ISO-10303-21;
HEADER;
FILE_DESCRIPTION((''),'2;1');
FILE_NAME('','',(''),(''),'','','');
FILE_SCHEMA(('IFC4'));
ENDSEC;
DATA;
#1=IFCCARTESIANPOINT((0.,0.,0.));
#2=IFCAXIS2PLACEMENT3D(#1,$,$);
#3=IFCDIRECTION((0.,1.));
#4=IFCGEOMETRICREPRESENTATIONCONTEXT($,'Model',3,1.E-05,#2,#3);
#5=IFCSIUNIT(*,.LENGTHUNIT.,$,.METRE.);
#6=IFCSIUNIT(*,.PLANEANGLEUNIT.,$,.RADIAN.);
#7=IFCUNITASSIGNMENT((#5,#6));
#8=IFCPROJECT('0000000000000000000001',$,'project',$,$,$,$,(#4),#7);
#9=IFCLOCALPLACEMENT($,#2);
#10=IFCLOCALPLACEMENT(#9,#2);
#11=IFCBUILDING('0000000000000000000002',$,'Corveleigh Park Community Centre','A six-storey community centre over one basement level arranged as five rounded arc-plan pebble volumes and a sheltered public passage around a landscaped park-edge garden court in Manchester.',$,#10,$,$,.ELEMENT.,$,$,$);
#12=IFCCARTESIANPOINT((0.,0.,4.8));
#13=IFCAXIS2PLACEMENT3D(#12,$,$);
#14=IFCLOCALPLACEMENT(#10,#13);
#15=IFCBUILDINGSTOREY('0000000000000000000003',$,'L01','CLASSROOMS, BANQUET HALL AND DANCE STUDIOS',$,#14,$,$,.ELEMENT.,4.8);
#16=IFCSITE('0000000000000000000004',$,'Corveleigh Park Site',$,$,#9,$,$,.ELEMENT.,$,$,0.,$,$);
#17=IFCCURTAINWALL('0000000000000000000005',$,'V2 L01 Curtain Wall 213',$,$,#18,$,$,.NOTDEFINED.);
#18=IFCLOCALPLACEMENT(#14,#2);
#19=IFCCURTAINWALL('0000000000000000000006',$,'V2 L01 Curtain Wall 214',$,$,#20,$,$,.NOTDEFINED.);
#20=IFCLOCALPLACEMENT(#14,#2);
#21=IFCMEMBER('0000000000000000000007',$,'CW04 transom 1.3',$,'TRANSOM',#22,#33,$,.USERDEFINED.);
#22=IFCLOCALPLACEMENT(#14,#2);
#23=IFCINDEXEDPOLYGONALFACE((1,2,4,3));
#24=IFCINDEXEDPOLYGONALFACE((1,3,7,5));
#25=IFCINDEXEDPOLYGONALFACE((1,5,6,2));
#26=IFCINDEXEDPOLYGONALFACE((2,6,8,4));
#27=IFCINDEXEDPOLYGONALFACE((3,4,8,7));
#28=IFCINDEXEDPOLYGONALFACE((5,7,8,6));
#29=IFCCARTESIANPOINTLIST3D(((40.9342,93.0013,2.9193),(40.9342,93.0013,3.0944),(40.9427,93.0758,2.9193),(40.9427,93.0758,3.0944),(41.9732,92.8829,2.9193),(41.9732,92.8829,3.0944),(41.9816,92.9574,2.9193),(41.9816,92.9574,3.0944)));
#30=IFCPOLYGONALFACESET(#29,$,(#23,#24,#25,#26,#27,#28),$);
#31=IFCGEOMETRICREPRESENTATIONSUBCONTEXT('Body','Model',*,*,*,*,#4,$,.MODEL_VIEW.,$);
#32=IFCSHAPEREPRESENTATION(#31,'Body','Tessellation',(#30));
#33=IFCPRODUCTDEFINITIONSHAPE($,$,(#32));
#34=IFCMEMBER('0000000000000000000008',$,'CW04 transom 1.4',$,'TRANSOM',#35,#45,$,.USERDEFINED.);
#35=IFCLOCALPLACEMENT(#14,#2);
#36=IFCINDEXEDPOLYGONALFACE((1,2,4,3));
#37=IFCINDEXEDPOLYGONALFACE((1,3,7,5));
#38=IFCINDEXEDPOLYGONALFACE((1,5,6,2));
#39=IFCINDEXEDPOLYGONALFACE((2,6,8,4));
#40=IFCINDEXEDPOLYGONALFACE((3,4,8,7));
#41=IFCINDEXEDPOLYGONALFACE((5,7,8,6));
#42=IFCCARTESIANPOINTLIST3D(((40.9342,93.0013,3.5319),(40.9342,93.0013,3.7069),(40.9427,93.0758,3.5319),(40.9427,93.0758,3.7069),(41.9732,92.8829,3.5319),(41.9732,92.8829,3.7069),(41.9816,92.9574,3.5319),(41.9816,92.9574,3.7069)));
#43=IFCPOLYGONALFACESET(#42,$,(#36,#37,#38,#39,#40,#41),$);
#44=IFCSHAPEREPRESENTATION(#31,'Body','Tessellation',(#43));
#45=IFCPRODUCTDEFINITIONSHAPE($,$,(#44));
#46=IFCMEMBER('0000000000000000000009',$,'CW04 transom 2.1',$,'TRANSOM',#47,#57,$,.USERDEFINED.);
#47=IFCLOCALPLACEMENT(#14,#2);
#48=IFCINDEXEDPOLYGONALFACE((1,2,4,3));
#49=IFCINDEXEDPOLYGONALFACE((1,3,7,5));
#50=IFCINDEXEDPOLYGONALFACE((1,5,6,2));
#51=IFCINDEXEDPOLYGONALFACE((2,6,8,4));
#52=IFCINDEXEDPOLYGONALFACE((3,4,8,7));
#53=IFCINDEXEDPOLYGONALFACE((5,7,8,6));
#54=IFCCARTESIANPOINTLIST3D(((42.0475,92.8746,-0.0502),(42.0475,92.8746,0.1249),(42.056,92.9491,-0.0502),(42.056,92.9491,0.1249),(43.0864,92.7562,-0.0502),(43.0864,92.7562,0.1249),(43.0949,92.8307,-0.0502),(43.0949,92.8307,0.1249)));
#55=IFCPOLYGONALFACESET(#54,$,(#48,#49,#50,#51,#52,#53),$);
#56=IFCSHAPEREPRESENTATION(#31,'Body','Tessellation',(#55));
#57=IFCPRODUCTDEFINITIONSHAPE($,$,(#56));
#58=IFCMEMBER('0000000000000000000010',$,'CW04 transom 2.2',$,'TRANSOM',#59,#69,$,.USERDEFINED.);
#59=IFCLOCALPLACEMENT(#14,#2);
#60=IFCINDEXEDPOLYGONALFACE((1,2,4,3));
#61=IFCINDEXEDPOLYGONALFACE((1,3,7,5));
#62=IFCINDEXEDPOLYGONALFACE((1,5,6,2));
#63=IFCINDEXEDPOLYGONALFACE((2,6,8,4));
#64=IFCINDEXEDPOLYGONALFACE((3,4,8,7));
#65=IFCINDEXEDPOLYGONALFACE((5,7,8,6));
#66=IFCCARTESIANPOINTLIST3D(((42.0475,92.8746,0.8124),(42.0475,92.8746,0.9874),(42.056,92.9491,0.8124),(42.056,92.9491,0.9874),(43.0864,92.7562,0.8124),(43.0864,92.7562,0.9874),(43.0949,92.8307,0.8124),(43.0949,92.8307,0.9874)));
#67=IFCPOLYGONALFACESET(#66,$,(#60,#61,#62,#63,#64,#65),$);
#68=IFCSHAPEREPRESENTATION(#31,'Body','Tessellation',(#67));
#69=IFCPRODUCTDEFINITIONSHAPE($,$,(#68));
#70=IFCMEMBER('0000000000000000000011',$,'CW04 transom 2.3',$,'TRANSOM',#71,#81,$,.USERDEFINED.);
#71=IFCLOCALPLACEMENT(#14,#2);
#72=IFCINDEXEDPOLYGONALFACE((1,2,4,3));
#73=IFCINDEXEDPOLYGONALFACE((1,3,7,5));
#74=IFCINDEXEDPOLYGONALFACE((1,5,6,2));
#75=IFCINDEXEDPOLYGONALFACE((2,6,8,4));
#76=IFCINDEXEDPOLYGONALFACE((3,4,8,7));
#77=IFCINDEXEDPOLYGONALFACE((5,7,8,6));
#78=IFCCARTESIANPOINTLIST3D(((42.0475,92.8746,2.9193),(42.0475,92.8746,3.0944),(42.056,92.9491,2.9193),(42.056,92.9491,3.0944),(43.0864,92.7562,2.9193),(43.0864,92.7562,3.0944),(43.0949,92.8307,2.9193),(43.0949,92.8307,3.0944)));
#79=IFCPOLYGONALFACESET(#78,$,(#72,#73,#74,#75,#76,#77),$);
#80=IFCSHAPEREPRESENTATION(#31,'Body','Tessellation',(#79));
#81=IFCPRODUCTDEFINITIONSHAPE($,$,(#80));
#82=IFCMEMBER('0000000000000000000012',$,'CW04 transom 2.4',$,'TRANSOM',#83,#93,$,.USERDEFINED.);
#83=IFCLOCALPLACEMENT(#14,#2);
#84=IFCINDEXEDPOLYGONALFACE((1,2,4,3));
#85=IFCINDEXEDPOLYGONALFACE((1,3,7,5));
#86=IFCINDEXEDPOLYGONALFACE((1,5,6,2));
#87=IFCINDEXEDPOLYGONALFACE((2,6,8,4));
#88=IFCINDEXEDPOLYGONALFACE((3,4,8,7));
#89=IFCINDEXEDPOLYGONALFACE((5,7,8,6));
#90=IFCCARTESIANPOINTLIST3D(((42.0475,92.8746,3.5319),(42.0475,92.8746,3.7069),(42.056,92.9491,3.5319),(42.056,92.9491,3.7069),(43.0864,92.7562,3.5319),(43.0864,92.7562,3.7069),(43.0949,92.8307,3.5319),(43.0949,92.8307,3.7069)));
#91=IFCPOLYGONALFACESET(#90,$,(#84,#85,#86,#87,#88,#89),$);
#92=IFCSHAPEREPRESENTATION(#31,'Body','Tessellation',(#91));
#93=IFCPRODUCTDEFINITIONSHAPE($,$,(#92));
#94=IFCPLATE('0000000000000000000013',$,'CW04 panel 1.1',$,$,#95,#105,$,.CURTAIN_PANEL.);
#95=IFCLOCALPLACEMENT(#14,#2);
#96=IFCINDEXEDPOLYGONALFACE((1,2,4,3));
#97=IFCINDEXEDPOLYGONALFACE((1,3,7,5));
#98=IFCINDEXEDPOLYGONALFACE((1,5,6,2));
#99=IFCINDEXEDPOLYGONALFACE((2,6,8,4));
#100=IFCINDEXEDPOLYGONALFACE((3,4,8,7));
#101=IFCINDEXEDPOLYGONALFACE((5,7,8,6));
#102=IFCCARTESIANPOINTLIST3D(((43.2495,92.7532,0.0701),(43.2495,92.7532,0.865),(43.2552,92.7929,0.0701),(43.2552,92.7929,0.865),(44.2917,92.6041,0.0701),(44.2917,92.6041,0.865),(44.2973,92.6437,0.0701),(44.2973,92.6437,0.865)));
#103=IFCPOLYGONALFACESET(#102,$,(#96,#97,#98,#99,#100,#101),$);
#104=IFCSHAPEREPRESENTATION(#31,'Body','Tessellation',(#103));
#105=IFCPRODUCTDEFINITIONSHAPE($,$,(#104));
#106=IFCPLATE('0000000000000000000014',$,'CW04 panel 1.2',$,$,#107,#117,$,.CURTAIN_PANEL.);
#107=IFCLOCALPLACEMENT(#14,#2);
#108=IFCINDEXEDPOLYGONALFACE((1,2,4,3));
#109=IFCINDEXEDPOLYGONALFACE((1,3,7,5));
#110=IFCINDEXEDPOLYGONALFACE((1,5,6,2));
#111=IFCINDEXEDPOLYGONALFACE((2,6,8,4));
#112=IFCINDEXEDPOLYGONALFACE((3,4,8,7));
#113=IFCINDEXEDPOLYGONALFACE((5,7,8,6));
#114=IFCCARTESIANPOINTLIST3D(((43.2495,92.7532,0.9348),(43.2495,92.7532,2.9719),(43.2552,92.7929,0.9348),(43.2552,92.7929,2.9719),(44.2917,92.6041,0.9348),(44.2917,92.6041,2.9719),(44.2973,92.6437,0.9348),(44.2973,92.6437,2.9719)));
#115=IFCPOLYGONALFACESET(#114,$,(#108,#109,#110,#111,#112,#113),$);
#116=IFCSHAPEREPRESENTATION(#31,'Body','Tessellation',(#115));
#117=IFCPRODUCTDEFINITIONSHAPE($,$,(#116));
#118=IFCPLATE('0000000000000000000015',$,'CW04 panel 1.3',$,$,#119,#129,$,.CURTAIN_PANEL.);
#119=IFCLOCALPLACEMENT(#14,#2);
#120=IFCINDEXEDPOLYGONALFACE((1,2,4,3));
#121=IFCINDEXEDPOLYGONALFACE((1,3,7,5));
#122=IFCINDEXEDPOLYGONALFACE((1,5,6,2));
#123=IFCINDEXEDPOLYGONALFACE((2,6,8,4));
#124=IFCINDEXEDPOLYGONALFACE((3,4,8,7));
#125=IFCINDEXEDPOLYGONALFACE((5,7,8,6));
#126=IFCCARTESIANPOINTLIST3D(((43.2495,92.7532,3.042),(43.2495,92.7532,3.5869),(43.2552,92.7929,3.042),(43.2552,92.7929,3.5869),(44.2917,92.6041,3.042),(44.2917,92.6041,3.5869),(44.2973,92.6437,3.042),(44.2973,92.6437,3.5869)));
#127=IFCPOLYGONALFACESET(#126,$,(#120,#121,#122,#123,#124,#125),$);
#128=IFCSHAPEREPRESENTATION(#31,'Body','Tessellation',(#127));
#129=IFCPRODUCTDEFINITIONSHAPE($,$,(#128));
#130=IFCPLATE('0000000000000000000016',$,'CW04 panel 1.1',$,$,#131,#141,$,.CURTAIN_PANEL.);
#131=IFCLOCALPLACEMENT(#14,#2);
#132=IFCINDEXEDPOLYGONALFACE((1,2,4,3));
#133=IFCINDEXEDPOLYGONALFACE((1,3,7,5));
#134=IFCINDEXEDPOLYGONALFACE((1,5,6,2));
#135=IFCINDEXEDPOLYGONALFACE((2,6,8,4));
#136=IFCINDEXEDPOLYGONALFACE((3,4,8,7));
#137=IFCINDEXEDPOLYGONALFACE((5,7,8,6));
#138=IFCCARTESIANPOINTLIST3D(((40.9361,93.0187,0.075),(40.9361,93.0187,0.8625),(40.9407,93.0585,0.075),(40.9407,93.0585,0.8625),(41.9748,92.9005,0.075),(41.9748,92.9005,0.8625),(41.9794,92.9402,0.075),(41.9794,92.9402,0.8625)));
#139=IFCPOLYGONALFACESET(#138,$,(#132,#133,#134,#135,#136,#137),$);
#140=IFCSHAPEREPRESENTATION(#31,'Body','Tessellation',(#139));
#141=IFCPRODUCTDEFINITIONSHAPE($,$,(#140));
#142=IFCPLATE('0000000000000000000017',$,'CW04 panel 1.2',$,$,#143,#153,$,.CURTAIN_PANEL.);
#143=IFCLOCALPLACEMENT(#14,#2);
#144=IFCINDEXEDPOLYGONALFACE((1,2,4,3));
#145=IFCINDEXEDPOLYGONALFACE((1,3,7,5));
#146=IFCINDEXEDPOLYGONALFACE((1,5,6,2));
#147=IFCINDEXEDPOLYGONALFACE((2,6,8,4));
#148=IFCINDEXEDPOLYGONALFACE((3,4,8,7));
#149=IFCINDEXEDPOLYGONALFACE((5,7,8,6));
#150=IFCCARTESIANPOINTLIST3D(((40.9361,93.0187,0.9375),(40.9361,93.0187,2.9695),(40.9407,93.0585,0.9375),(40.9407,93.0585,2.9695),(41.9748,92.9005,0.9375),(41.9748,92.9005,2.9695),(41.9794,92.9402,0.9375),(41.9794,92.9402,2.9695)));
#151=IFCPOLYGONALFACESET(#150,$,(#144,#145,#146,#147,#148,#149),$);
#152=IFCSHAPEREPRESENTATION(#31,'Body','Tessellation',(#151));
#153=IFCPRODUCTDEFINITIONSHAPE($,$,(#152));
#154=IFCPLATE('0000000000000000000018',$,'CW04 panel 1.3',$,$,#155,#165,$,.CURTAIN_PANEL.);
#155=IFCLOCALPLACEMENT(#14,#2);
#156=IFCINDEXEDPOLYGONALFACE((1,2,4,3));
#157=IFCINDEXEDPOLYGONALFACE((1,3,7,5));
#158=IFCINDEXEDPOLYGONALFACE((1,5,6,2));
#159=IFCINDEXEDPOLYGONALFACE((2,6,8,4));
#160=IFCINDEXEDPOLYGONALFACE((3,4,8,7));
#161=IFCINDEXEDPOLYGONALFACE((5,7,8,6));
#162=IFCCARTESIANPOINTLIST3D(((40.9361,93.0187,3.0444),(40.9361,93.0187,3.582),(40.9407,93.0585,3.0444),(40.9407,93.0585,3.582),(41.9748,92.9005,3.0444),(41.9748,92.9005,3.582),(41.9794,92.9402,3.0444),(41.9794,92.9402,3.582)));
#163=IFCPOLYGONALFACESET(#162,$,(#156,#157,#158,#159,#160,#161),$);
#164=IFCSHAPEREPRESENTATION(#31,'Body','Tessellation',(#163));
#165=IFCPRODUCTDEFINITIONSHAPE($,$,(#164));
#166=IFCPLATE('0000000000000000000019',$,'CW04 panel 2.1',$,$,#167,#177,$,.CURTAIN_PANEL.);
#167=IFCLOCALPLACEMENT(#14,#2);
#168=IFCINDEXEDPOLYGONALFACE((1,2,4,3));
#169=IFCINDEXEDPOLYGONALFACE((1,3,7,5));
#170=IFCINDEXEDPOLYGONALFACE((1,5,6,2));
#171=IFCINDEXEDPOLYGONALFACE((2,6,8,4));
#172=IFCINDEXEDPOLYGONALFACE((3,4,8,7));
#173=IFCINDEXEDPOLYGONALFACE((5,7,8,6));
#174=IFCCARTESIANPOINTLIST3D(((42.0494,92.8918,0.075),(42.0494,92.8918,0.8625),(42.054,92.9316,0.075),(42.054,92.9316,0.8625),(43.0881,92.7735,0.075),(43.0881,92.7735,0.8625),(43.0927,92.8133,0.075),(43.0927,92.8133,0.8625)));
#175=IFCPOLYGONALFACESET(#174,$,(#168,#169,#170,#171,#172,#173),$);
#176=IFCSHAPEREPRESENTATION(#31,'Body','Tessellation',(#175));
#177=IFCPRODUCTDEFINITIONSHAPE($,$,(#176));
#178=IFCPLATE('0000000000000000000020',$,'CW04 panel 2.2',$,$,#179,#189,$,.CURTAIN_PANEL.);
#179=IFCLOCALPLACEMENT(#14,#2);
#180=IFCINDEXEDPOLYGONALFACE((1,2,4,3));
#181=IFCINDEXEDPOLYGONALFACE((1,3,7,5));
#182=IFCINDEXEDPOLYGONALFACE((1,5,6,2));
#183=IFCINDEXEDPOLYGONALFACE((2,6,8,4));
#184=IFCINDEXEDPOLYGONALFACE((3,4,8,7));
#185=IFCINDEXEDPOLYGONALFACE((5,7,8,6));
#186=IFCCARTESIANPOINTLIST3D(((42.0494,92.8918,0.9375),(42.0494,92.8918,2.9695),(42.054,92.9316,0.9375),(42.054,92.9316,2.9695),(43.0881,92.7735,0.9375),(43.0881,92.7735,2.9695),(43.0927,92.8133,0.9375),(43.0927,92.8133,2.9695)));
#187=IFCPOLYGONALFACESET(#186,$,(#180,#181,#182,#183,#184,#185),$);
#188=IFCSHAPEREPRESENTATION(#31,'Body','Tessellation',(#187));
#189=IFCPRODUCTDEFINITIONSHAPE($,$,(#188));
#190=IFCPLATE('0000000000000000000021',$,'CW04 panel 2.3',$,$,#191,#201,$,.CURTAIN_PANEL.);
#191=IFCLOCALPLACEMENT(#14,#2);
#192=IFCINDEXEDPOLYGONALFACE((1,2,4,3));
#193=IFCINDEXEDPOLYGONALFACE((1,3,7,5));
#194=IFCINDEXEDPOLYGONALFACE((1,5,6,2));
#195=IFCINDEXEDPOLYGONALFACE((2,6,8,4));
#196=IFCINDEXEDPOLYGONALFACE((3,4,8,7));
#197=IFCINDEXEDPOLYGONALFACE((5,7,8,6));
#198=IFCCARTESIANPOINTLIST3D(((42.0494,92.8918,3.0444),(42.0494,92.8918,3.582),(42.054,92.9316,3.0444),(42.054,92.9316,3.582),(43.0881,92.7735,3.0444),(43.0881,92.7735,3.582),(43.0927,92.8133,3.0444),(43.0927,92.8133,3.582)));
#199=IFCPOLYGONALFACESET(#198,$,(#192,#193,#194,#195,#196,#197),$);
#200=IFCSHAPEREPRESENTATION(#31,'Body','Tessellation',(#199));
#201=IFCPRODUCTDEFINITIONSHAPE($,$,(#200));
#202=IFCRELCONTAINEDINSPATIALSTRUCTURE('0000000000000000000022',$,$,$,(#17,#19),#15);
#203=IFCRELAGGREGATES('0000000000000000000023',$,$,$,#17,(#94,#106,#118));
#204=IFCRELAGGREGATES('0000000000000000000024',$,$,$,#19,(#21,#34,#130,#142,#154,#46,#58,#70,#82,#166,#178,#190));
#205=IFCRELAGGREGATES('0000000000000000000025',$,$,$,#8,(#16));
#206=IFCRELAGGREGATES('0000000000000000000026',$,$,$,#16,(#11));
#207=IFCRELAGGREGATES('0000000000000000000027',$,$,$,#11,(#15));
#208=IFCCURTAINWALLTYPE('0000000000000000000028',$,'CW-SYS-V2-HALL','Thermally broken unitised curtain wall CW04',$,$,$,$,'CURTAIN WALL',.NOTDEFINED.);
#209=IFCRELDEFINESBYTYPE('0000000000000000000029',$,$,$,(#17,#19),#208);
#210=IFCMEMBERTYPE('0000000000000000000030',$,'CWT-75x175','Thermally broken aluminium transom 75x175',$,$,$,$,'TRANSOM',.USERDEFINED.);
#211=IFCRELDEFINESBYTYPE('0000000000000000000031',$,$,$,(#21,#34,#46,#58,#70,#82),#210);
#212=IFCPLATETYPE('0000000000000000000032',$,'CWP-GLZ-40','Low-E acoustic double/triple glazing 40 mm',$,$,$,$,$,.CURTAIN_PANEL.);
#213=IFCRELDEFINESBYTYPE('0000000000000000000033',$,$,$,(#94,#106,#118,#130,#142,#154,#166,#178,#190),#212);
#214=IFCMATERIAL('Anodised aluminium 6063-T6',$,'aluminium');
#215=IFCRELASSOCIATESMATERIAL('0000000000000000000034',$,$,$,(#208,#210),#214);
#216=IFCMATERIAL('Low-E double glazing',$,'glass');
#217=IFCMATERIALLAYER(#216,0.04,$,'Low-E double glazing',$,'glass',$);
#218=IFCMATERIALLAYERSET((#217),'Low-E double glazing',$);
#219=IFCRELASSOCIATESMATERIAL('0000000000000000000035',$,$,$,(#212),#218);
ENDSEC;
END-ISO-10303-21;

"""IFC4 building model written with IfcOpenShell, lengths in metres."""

from ifc_helpers import new_model, si_unit, direction, frame, origin, origin_2d, place, context, subcontext, project, spatial, rectangle, extrude, material, layer, layer_set, material_profile, profile_set, type_object, element, aggregate, save


model = new_model("IFC4")

# Units and contexts
model_context = context("Model", 3, precision=1e-05, world=origin(), true_north=direction((0.0, 1.0)))
body_context = subcontext(model_context, "Body", "Model", "MODEL_VIEW")
ifc_project = project(units=[si_unit("LENGTHUNIT", "METRE"), si_unit("PLANEANGLEUNIT", "RADIAN")], contexts=[model_context])

# Site, building, storey
site_placement = place(None, origin())
site = spatial("IfcSite", under=ifc_project, at=site_placement, Name="Corveleigh Park Site", CompositionType="ELEMENT", RefElevation=0.0)
building_placement = place(site_placement, origin())
building = spatial("IfcBuilding", under=site, at=building_placement, Name="Corveleigh Park Community Centre", Description="A six-storey community centre over one basement level arranged as five rounded arc-plan pebble volumes and a sheltered public passage around a landscaped park-edge garden court in Manchester.", CompositionType="ELEMENT")
storey_placement = place(building_placement, frame((0.0, 0.0, 4.8)))
storey = spatial("IfcBuildingStorey", under=building, at=storey_placement, Name="L01", Description="CLASSROOMS, BANQUET HALL AND DANCE STUDIOS", CompositionType="ELEMENT", Elevation=4.8)

# Curtain walls
ifc_material_1 = material(Name="Anodised aluminium 6063-T6", Category="aluminium")
curtain_wall_type = type_object("IfcCurtainWallType", Name="CW-SYS-V2-HALL", Description="Thermally broken unitised curtain wall CW04", ElementType="CURTAIN WALL", PredefinedType="NOTDEFINED", material=ifc_material_1)
curtain_wall_1_placement = place(storey_placement, origin())
curtain_wall_1 = element("IfcCurtainWall", 1, at=curtain_wall_1_placement, inside=storey, type_object=curtain_wall_type, Name="V2 L01 Curtain Wall 213", PredefinedType="NOTDEFINED")
curtain_wall_2_placement = place(storey_placement, origin())
curtain_wall_2 = element("IfcCurtainWall", 2, at=curtain_wall_2_placement, inside=storey, type_object=curtain_wall_type, Name="V2 L01 Curtain Wall 214", PredefinedType="NOTDEFINED")

# Members
ifc_material_profile_1 = material_profile(ifc_material_1, rectangle(XDim=0.075, YDim=0.175, at=origin_2d()), Name="ALU-T75x175", Category="aluminium")
ifc_profile_set_1 = profile_set([ifc_material_profile_1], Name="Anodised aluminium 6063-T6")
member_type_1 = type_object("IfcMemberType", Name="CWT-75x175", Description="Thermally broken aluminium transom 75x175", ElementType="TRANSOM", PredefinedType="USERDEFINED", material=ifc_profile_set_1)
member_1_placement = place(storey_placement, frame((40.9385, 93.0386, 3.0068), z_axis=(0.993566, -0.11325, 0.0), x_axis=(0.11325, 0.993566, 0.0)))
member_1 = element("IfcMember", 3, at=member_1_placement, type_object=member_type_1, Name="CW04 transom 1.3", ObjectType="TRANSOM", PredefinedType="USERDEFINED", context=body_context, shape_type="SweptSolid", body=[
    extrude(rectangle(XDim=0.075, YDim=0.175, at=origin_2d()), origin(), (0.0, 0.0, 1.0), 1.0457),
])
member_2_placement = place(storey_placement, frame((40.9385, 93.0386, 3.6194), z_axis=(0.993566, -0.11325, 0.0), x_axis=(0.11325, 0.993566, 0.0)))
member_2 = element("IfcMember", 4, at=member_2_placement, type_object=member_type_1, Name="CW04 transom 1.4", ObjectType="TRANSOM", PredefinedType="USERDEFINED", context=body_context, shape_type="SweptSolid", body=[
    extrude(rectangle(XDim=0.075, YDim=0.175, at=origin_2d()), origin(), (0.0, 0.0, 1.0), 1.0457),
])
member_3_placement = place(storey_placement, frame((42.0518, 92.9119, 0.0374), z_axis=(0.993566, -0.11325, 0.0), x_axis=(0.11325, 0.993566, 0.0)))
member_3 = element("IfcMember", 5, at=member_3_placement, type_object=member_type_1, Name="CW04 transom 2.1", ObjectType="TRANSOM", PredefinedType="USERDEFINED", context=body_context, shape_type="SweptSolid", body=[
    extrude(rectangle(XDim=0.075, YDim=0.175, at=origin_2d()), origin(), (0.0, 0.0, 1.0), 1.0457),
])
member_4_placement = place(storey_placement, frame((42.0518, 92.9119, 0.8999), z_axis=(0.993566, -0.11325, 0.0), x_axis=(0.11325, 0.993566, 0.0)))
member_4 = element("IfcMember", 6, at=member_4_placement, type_object=member_type_1, Name="CW04 transom 2.2", ObjectType="TRANSOM", PredefinedType="USERDEFINED", context=body_context, shape_type="SweptSolid", body=[
    extrude(rectangle(XDim=0.075, YDim=0.175, at=origin_2d()), origin(), (0.0, 0.0, 1.0), 1.0457),
])
member_5_placement = place(storey_placement, frame((42.0518, 92.9119, 3.0068), z_axis=(0.993566, -0.11325, 0.0), x_axis=(0.11325, 0.993566, 0.0)))
member_5 = element("IfcMember", 7, at=member_5_placement, type_object=member_type_1, Name="CW04 transom 2.3", ObjectType="TRANSOM", PredefinedType="USERDEFINED", context=body_context, shape_type="SweptSolid", body=[
    extrude(rectangle(XDim=0.075, YDim=0.175, at=origin_2d()), origin(), (0.0, 0.0, 1.0), 1.0457),
])
member_6_placement = place(storey_placement, frame((42.0518, 92.9119, 3.6194), z_axis=(0.993566, -0.11325, 0.0), x_axis=(0.11325, 0.993566, 0.0)))
member_6 = element("IfcMember", 8, at=member_6_placement, type_object=member_type_1, Name="CW04 transom 2.4", ObjectType="TRANSOM", PredefinedType="USERDEFINED", context=body_context, shape_type="SweptSolid", body=[
    extrude(rectangle(XDim=0.075, YDim=0.175, at=origin_2d()), origin(), (0.0, 0.0, 1.0), 1.0457),
])

# Plates
ifc_material_2 = material(Name="Low-E double glazing", Category="glass")
ifc_layer = layer(ifc_material_2, 0.04, Name="Low-E double glazing", Category="glass")
ifc_layer_set = layer_set([ifc_layer], Name="Low-E double glazing")
plate_type = type_object("IfcPlateType", Name="CWP-GLZ-40", Description="Low-E acoustic double/triple glazing 40 mm", PredefinedType="CURTAIN_PANEL", material=ifc_layer_set)
plate_1_placement = place(storey_placement, frame((43.7734, 92.6985, 0.0701), z_axis=(0.0, 0.0, 1.0), x_axis=(0.989915, -0.141663, 0.0)))
plate_1 = element("IfcPlate", 9, at=plate_1_placement, type_object=plate_type, Name="CW04 panel 1.1", PredefinedType="CURTAIN_PANEL", context=body_context, shape_type="SweptSolid", body=[
    extrude(rectangle(XDim=1.0527, YDim=0.04, at=origin_2d()), origin(), (0.0, 0.0, 1.0), 0.7949),
])
plate_2_placement = place(storey_placement, frame((43.7734, 92.6985, 0.9348), z_axis=(0.0, 0.0, 1.0), x_axis=(0.989915, -0.141663, 0.0)))
plate_2 = element("IfcPlate", 10, at=plate_2_placement, type_object=plate_type, Name="CW04 panel 1.2", PredefinedType="CURTAIN_PANEL", context=body_context, shape_type="SweptSolid", body=[
    extrude(rectangle(XDim=1.0527, YDim=0.04, at=origin_2d()), origin(), (0.0, 0.0, 1.0), 2.0371),
])
plate_3_placement = place(storey_placement, frame((43.7734, 92.6985, 3.042), z_axis=(0.0, 0.0, 1.0), x_axis=(0.989915, -0.141663, 0.0)))
plate_3 = element("IfcPlate", 11, at=plate_3_placement, type_object=plate_type, Name="CW04 panel 1.3", PredefinedType="CURTAIN_PANEL", context=body_context, shape_type="SweptSolid", body=[
    extrude(rectangle(XDim=1.0527, YDim=0.04, at=origin_2d()), origin(), (0.0, 0.0, 1.0), 0.5449),
])
aggregate(curtain_wall_1, [plate_1, plate_2, plate_3])
plate_4_placement = place(storey_placement, frame((41.4578, 92.9795, 0.075), z_axis=(0.0, 0.0, 1.0), x_axis=(0.99358, -0.113133, 0.0)))
plate_4 = element("IfcPlate", 12, at=plate_4_placement, type_object=plate_type, Name="CW04 panel 1.1", PredefinedType="CURTAIN_PANEL", context=body_context, shape_type="SweptSolid", body=[
    extrude(rectangle(XDim=1.0454, YDim=0.04, at=origin_2d()), origin(), (0.0, 0.0, 1.0), 0.7876),
])
plate_5_placement = place(storey_placement, frame((41.4578, 92.9795, 0.9375), z_axis=(0.0, 0.0, 1.0), x_axis=(0.99358, -0.113133, 0.0)))
plate_5 = element("IfcPlate", 13, at=plate_5_placement, type_object=plate_type, Name="CW04 panel 1.2", PredefinedType="CURTAIN_PANEL", context=body_context, shape_type="SweptSolid", body=[
    extrude(rectangle(XDim=1.0454, YDim=0.04, at=origin_2d()), origin(), (0.0, 0.0, 1.0), 2.032),
])
plate_6_placement = place(storey_placement, frame((41.4578, 92.9795, 3.0444), z_axis=(0.0, 0.0, 1.0), x_axis=(0.99358, -0.113133, 0.0)))
plate_6 = element("IfcPlate", 14, at=plate_6_placement, type_object=plate_type, Name="CW04 panel 1.3", PredefinedType="CURTAIN_PANEL", context=body_context, shape_type="SweptSolid", body=[
    extrude(rectangle(XDim=1.0454, YDim=0.04, at=origin_2d()), origin(), (0.0, 0.0, 1.0), 0.5376),
])
plate_7_placement = place(storey_placement, frame((42.571, 92.8525, 0.075), z_axis=(0.0, 0.0, 1.0), x_axis=(0.99358, -0.113133, 0.0)))
plate_7 = element("IfcPlate", 15, at=plate_7_placement, type_object=plate_type, Name="CW04 panel 2.1", PredefinedType="CURTAIN_PANEL", context=body_context, shape_type="SweptSolid", body=[
    extrude(rectangle(XDim=1.0454, YDim=0.04, at=origin_2d()), origin(), (0.0, 0.0, 1.0), 0.7876),
])
plate_8_placement = place(storey_placement, frame((42.571, 92.8525, 0.9375), z_axis=(0.0, 0.0, 1.0), x_axis=(0.99358, -0.113133, 0.0)))
plate_8 = element("IfcPlate", 16, at=plate_8_placement, type_object=plate_type, Name="CW04 panel 2.2", PredefinedType="CURTAIN_PANEL", context=body_context, shape_type="SweptSolid", body=[
    extrude(rectangle(XDim=1.0454, YDim=0.04, at=origin_2d()), origin(), (0.0, 0.0, 1.0), 2.032),
])
plate_9_placement = place(storey_placement, frame((42.571, 92.8525, 3.0444), z_axis=(0.0, 0.0, 1.0), x_axis=(0.99358, -0.113133, 0.0)))
plate_9 = element("IfcPlate", 17, at=plate_9_placement, type_object=plate_type, Name="CW04 panel 2.3", PredefinedType="CURTAIN_PANEL", context=body_context, shape_type="SweptSolid", body=[
    extrude(rectangle(XDim=1.0454, YDim=0.04, at=origin_2d()), origin(), (0.0, 0.0, 1.0), 0.5376),
])
aggregate(curtain_wall_2, [member_1, member_2, plate_4, plate_5, plate_6, member_3, member_4, member_5, member_6, plate_7, plate_8, plate_9])

save(model, "model.ifc")
